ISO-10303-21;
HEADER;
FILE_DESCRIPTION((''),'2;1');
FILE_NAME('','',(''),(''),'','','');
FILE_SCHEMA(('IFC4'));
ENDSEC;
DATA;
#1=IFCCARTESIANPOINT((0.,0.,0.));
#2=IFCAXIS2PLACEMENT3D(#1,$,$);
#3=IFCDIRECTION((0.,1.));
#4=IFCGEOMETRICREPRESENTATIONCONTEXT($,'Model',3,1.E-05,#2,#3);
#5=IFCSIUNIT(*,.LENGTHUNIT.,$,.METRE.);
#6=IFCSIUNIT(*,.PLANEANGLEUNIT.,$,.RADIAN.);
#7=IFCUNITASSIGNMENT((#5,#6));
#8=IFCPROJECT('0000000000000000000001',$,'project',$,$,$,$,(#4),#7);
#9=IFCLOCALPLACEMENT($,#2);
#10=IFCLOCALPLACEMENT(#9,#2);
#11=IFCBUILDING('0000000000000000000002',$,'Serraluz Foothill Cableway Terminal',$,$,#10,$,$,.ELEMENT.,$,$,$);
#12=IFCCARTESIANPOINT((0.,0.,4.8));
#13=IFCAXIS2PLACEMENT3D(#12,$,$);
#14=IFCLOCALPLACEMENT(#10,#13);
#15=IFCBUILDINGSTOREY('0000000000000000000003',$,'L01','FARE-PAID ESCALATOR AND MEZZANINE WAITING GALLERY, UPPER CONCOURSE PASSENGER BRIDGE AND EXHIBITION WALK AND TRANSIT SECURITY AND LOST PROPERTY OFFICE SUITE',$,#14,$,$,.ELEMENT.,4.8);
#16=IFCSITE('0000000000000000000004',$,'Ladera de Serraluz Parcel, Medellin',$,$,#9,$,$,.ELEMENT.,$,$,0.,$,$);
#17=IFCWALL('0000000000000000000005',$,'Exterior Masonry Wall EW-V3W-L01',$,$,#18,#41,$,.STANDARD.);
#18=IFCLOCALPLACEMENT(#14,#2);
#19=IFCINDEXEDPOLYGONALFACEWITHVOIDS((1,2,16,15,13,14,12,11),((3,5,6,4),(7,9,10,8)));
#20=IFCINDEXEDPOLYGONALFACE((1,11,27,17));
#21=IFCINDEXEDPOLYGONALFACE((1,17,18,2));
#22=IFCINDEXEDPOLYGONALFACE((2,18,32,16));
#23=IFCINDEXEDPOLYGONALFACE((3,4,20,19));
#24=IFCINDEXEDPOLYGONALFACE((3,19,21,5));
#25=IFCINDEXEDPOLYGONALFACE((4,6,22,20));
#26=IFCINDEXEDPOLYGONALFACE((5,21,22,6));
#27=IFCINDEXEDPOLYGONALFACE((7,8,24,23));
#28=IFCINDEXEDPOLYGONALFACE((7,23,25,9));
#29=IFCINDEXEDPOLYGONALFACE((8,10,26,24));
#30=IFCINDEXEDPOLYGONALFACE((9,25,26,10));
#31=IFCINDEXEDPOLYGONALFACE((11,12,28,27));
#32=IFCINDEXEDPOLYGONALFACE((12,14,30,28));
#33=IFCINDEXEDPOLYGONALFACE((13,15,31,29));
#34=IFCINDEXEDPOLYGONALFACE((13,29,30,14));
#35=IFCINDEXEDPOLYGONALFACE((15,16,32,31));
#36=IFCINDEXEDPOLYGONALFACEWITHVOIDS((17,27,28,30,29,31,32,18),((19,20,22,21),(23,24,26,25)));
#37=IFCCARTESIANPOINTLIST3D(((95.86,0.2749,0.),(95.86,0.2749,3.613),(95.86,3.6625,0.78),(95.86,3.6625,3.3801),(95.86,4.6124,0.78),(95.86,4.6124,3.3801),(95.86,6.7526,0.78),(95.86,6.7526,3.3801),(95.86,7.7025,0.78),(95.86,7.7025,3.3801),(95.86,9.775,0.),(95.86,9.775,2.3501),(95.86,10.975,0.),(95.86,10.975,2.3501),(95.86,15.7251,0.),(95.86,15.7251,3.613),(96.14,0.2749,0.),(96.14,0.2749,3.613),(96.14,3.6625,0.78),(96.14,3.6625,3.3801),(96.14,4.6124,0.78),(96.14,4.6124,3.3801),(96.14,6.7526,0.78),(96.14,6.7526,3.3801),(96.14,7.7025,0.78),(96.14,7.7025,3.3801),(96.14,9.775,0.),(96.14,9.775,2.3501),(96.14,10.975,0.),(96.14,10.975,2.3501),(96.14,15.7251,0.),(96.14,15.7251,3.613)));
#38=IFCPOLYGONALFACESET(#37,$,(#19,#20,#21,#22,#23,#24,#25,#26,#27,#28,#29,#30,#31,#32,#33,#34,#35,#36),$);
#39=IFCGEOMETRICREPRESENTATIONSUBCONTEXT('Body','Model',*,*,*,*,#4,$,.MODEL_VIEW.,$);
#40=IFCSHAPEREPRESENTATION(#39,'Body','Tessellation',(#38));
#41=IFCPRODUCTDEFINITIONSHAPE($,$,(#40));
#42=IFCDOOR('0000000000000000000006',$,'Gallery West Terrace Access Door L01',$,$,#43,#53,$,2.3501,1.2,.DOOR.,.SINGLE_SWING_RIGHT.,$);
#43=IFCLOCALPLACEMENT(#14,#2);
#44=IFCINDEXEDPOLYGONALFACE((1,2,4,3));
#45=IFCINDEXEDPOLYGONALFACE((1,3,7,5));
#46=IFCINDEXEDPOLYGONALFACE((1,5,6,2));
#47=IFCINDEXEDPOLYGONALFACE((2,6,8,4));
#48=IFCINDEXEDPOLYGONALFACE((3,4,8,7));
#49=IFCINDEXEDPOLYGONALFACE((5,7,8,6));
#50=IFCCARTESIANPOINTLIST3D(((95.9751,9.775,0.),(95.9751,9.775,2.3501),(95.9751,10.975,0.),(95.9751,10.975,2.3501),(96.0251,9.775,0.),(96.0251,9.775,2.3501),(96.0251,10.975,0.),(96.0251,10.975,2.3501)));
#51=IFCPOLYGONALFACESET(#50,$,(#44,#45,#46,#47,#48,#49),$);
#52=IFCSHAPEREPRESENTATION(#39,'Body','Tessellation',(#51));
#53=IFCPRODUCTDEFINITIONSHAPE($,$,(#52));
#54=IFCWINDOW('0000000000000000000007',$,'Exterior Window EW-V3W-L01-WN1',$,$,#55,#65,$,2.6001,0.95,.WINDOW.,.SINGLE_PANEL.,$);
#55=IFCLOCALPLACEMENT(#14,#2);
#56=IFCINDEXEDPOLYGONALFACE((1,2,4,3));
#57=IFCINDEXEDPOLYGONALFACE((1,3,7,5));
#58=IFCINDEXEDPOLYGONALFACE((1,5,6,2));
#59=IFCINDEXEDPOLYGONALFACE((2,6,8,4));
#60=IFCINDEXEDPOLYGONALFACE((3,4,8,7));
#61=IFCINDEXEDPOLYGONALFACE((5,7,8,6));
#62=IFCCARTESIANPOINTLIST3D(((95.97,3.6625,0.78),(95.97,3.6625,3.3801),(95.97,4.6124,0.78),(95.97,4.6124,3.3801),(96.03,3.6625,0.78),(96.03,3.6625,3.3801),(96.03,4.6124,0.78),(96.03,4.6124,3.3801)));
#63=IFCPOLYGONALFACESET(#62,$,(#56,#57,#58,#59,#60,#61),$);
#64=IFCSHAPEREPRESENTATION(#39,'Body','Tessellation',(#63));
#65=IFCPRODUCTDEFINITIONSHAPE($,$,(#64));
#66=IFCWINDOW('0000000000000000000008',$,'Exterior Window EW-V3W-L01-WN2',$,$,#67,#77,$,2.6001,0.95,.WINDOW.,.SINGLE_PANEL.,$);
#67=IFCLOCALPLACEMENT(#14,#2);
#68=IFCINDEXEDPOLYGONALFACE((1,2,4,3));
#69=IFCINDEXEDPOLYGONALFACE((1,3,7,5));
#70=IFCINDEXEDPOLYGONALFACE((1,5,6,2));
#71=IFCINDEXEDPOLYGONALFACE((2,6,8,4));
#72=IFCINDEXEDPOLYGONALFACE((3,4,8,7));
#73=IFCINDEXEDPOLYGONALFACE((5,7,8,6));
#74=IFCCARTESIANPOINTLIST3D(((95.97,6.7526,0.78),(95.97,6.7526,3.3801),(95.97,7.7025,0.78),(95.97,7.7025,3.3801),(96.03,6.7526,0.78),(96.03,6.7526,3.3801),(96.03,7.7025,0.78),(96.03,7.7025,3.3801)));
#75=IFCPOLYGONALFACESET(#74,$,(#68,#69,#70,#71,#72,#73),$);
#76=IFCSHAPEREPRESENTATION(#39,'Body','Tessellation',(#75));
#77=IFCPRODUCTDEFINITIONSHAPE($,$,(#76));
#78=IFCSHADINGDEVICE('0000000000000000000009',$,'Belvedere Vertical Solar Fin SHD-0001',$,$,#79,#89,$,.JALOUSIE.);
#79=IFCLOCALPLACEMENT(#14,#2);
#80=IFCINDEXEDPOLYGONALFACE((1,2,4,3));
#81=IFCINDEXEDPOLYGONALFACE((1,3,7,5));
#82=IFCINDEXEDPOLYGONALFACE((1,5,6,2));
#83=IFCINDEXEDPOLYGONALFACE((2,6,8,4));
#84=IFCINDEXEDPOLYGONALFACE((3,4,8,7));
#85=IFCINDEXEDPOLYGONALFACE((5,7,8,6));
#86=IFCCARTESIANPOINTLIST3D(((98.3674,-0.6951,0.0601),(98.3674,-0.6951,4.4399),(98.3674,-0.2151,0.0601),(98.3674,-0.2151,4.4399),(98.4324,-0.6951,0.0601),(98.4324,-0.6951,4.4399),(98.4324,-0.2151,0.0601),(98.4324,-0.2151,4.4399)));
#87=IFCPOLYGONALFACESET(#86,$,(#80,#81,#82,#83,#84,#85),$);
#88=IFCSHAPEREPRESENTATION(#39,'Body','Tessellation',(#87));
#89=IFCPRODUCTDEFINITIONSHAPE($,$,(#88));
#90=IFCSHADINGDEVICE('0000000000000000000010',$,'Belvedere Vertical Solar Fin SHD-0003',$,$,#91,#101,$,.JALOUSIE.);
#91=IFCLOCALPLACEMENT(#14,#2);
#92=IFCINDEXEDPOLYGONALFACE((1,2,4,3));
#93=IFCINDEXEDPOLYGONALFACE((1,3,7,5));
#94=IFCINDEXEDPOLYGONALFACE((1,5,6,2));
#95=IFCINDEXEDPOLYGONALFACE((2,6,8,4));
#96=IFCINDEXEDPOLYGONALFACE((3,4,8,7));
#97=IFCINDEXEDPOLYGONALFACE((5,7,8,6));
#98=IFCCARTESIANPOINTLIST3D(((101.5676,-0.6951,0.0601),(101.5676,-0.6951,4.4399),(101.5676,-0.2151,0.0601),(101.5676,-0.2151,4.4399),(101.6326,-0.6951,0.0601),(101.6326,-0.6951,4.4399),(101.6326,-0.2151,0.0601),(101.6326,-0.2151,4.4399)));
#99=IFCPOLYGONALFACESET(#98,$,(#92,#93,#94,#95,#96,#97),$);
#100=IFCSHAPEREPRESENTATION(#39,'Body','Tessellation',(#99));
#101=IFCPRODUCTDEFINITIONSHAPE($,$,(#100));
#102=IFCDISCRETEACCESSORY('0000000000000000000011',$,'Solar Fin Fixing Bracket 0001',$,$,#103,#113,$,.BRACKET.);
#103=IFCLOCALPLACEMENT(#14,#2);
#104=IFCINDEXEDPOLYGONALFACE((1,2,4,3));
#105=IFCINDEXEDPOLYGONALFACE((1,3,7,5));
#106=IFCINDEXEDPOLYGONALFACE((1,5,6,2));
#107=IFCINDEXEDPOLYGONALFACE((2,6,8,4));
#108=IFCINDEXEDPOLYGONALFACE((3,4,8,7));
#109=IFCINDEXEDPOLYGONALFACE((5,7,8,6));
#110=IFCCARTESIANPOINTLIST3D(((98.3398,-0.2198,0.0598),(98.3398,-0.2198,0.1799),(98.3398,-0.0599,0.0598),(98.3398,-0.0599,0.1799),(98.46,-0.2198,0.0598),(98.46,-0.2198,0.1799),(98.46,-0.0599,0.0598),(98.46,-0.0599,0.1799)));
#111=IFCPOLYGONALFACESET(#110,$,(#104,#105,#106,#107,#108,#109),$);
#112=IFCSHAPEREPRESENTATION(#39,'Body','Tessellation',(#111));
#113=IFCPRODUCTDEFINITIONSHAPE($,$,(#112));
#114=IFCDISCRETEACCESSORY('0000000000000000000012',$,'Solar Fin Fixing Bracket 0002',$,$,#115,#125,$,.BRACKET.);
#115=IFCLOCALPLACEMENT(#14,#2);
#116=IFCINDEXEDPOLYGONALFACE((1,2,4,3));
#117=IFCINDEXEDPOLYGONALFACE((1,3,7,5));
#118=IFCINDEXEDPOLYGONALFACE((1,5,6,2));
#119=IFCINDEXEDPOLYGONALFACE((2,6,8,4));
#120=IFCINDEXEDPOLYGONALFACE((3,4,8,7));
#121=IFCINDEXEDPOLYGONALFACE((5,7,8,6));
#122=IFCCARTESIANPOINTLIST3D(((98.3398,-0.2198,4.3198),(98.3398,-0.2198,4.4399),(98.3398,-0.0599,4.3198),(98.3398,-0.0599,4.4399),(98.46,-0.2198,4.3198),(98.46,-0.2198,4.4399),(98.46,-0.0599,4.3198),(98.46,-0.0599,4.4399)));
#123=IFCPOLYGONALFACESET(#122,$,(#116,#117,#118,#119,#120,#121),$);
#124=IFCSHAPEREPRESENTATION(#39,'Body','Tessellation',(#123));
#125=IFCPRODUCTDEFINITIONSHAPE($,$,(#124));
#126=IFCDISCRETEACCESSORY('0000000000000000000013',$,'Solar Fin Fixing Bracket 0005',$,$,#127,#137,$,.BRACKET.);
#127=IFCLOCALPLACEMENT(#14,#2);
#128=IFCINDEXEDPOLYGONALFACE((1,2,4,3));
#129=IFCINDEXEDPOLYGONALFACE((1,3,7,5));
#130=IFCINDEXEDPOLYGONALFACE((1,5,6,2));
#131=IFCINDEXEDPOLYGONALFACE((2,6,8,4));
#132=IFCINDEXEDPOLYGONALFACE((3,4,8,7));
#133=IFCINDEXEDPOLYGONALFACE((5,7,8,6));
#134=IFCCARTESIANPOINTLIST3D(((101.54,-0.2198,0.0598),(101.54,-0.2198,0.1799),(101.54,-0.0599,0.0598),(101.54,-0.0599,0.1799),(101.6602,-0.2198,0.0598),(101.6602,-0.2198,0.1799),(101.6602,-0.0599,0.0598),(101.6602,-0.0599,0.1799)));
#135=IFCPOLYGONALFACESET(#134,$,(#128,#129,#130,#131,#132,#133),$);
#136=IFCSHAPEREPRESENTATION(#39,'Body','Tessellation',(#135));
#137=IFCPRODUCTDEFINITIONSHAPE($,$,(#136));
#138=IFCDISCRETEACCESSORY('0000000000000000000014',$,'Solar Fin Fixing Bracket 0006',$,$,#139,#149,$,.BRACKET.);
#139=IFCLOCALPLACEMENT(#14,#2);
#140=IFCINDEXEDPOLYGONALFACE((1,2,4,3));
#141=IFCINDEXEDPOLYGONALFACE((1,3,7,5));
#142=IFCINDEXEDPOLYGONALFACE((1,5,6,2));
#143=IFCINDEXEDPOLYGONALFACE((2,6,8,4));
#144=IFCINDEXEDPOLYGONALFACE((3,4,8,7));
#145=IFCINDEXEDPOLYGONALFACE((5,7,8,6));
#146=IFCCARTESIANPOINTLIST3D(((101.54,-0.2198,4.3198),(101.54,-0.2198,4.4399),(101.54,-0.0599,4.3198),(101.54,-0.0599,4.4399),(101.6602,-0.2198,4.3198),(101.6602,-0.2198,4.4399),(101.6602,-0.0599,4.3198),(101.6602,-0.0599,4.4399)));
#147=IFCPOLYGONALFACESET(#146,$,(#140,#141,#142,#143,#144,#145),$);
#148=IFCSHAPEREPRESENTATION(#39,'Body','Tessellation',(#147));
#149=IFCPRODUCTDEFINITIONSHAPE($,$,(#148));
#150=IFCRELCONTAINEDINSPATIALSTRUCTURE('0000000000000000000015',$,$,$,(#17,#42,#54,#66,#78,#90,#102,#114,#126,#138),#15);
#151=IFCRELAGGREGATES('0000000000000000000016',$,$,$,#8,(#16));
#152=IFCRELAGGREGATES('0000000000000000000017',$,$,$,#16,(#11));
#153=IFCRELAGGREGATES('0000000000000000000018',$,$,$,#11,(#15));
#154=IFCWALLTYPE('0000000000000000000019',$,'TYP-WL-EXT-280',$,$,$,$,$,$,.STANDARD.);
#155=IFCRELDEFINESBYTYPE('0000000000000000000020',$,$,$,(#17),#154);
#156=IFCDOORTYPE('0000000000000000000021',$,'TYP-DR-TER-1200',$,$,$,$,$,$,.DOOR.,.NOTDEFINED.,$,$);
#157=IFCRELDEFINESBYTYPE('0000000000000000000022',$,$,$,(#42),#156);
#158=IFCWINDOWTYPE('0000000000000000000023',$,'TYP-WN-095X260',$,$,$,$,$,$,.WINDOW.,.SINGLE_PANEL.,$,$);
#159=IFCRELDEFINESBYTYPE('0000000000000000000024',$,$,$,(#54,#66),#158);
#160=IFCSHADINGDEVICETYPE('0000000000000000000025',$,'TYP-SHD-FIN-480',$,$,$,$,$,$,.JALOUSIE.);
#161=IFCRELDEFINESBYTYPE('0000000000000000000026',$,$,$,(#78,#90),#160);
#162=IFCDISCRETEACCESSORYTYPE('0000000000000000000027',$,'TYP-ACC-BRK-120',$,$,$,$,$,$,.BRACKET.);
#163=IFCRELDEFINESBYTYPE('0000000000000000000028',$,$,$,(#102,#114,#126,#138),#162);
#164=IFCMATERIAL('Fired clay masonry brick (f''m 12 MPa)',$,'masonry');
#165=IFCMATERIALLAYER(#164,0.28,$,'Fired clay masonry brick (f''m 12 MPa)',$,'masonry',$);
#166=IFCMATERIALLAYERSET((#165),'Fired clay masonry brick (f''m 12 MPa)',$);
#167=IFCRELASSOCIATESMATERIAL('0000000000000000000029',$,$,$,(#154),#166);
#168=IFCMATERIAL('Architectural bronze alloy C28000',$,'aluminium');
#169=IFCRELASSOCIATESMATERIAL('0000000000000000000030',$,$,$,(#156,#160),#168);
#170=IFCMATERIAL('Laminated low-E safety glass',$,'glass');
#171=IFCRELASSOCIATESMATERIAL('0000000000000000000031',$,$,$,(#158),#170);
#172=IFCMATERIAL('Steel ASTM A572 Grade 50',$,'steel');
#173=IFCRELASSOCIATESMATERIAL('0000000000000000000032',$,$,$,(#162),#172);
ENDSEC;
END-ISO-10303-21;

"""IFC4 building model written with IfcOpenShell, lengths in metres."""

from ifc_helpers import new_model, si_unit, direction, frame, frame_2d, origin, origin_2d, place, context, subcontext, project, spatial, rectangle, extrude, material, layer, layer_set, type_object, element, fill, save


model = new_model("IFC4")

# Units and contexts
model_context = context("Model", 3, precision=1e-05, world=origin(), true_north=direction((0.0, 1.0)))
body_context = subcontext(model_context, "Body", "Model", "MODEL_VIEW")
ifc_project = project(units=[si_unit("LENGTHUNIT", "METRE"), si_unit("PLANEANGLEUNIT", "RADIAN")], contexts=[model_context])

# Site, building, storey
site_placement = place(None, origin())
site = spatial("IfcSite", under=ifc_project, at=site_placement, Name="Ladera de Serraluz Parcel, Medellin", CompositionType="ELEMENT", RefElevation=0.0)
building_placement = place(site_placement, origin())
building = spatial("IfcBuilding", under=site, at=building_placement, Name="Serraluz Foothill Cableway Terminal", CompositionType="ELEMENT")
storey_placement = place(building_placement, frame((0.0, 0.0, 4.8)))
storey = spatial("IfcBuildingStorey", under=building, at=storey_placement, Name="L01", Description="FARE-PAID ESCALATOR AND MEZZANINE WAITING GALLERY, UPPER CONCOURSE PASSENGER BRIDGE AND EXHIBITION WALK AND TRANSIT SECURITY AND LOST PROPERTY OFFICE SUITE", CompositionType="ELEMENT", Elevation=4.8)

# Shared definitions
ifc_material_1 = material(Name="Architectural bronze alloy C28000", Category="aluminium")

# Shared definitions
ifc_material_2 = material(Name="Laminated low-E safety glass", Category="glass")

# Wall, openings, door, windows
ifc_material_3 = material(Name="Fired clay masonry brick (f'm 12 MPa)", Category="masonry")
ifc_layer_1 = layer(ifc_material_3, 0.28, Name="Fired clay masonry brick (f'm 12 MPa)", Category="masonry")
ifc_layer_set_1 = layer_set([ifc_layer_1], Name="Fired clay masonry brick (f'm 12 MPa)")
wall_type = type_object("IfcWallType", Name="TYP-WL-EXT-280", PredefinedType="STANDARD", material=ifc_layer_set_1)
wall_placement = place(storey_placement, frame((96.0, 0.2749, 0.0), z_axis=(0.0, 0.0, 1.0), x_axis=(0.0, 1.0, 0.0)))
wall = element("IfcWall", 1, at=wall_placement, inside=storey, type_object=wall_type, Name="Exterior Masonry Wall EW-V3W-L01", PredefinedType="STANDARD", context=body_context, shape_type="SweptSolid", body=[
    extrude(rectangle(XDim=15.4502, YDim=0.28, at=frame_2d((7.7251, 0.0))), origin(), (0.0, 0.0, 1.0), 3.613),
])
opening_1_placement = place(wall_placement, frame((3.3875, 0.0, 0.78)))
opening_1 = element("IfcOpeningElement", 2, at=opening_1_placement, cuts=wall, PredefinedType="OPENING", context=body_context, shape_type="SweptSolid", body=[
    extrude(rectangle(XDim=0.95, YDim=2.6001, at=frame_2d((0.4751, 1.3))), frame((0.0, 0.1499, 0.0), z_axis=(0.0, -1.0, 0.0), x_axis=(1.0, 0.0, 0.0)), (0.0, 0.0, 1.0), 0.3),
])
opening_2_placement = place(wall_placement, frame((6.4775, 0.0, 0.78)))
opening_2 = element("IfcOpeningElement", 3, at=opening_2_placement, cuts=wall, PredefinedType="OPENING", context=body_context, shape_type="SweptSolid", body=[
    extrude(rectangle(XDim=0.95, YDim=2.6001, at=frame_2d((0.4751, 1.3))), frame((0.0, 0.1499, 0.0), z_axis=(0.0, -1.0, 0.0), x_axis=(1.0, 0.0, 0.0)), (0.0, 0.0, 1.0), 0.3),
])
opening_3_placement = place(wall_placement, frame((9.5, 0.0, 0.0)))
opening_3 = element("IfcOpeningElement", 4, at=opening_3_placement, cuts=wall, PredefinedType="OPENING", context=body_context, shape_type="SweptSolid", body=[
    extrude(rectangle(XDim=1.2, YDim=2.3501, at=frame_2d((0.6001, 1.175))), frame((0.0, 0.1499, 0.0), z_axis=(0.0, -1.0, 0.0), x_axis=(1.0, 0.0, 0.0)), (0.0, 0.0, 1.0), 0.3),
])
door_type = type_object("IfcDoorType", Name="TYP-DR-TER-1200", OperationType="NOTDEFINED", PredefinedType="DOOR", material=ifc_material_1)
door_placement = place(opening_3_placement, origin())
door = element("IfcDoor", 5, at=door_placement, inside=storey, type_object=door_type, Name="Gallery West Terrace Access Door L01", OperationType="SINGLE_SWING_RIGHT", OverallHeight=2.3501, OverallWidth=1.2, PredefinedType="DOOR", context=body_context, shape_type="SweptSolid", body=[
    extrude(rectangle(XDim=1.2, YDim=2.3501, at=frame_2d((0.6001, 1.175))), frame((0.0, 0.0249, 0.0), z_axis=(0.0, -1.0, 0.0), x_axis=(1.0, 0.0, 0.0)), (0.0, 0.0, 1.0), 0.05),
])
fill(opening_3, door)
window_type = type_object("IfcWindowType", Name="TYP-WN-095X260", PartitioningType="SINGLE_PANEL", PredefinedType="WINDOW", material=ifc_material_2)
window_1_placement = place(opening_1_placement, origin())
window_1 = element("IfcWindow", 6, at=window_1_placement, inside=storey, type_object=window_type, Name="Exterior Window EW-V3W-L01-WN1", OverallHeight=2.6001, OverallWidth=0.95, PartitioningType="SINGLE_PANEL", PredefinedType="WINDOW", context=body_context, shape_type="SweptSolid", body=[
    extrude(rectangle(XDim=0.95, YDim=2.6001, at=frame_2d((0.4751, 1.3))), frame((0.0, 0.03, 0.0), z_axis=(0.0, -1.0, 0.0), x_axis=(1.0, 0.0, 0.0)), (0.0, 0.0, 1.0), 0.0601),
])
fill(opening_1, window_1)
window_2_placement = place(opening_2_placement, origin())
window_2 = element("IfcWindow", 7, at=window_2_placement, inside=storey, type_object=window_type, Name="Exterior Window EW-V3W-L01-WN2", OverallHeight=2.6001, OverallWidth=0.95, PartitioningType="SINGLE_PANEL", PredefinedType="WINDOW", context=body_context, shape_type="SweptSolid", body=[
    extrude(rectangle(XDim=0.95, YDim=2.6001, at=frame_2d((0.4751, 1.3))), frame((0.0, 0.03, 0.0), z_axis=(0.0, -1.0, 0.0), x_axis=(1.0, 0.0, 0.0)), (0.0, 0.0, 1.0), 0.0601),
])
fill(opening_2, window_2)

# Shading devices
shading_device_type = type_object("IfcShadingDeviceType", Name="TYP-SHD-FIN-480", PredefinedType="JALOUSIE", material=ifc_material_1)
for number, where, z_axis, x_axis, name in (
    (8, (98.3999, -0.4551, 0.0601), (0.0, 0.0, 1.0), (1.0, 0.0, 0.0), "Belvedere Vertical Solar Fin SHD-0001"),
    (9, (101.6001, -0.4551, 0.0601), (0.0, 0.0, 1.0), (1.0, 0.0, 0.0), "Belvedere Vertical Solar Fin SHD-0003"),
):
    element("IfcShadingDevice", number, at=place(storey_placement, frame(where, z_axis=z_axis, x_axis=x_axis)), inside=storey, type_object=shading_device_type, Name=name, PredefinedType="JALOUSIE", context=body_context, shape_type="SweptSolid", body=[
        extrude(rectangle(XDim=0.0649, YDim=0.48, at=origin_2d()), origin(), (0.0, 0.0, 1.0), 4.3799),
    ])

# Discrete accessories
ifc_material_4 = material(Name="Steel ASTM A572 Grade 50", Category="steel")
discrete_accessory_type = type_object("IfcDiscreteAccessoryType", Name="TYP-ACC-BRK-120", PredefinedType="BRACKET", material=ifc_material_4)
for number, where, z_axis, x_axis, name in (
    (10, (98.3999, -0.1399, 0.0598), (0.0, 0.0, 1.0), (1.0, 0.0, 0.0), "Solar Fin Fixing Bracket 0001"),
    (11, (98.3999, -0.1399, 4.3198), (0.0, 0.0, 1.0), (1.0, 0.0, 0.0), "Solar Fin Fixing Bracket 0002"),
    (12, (101.6001, -0.1399, 0.0598), (0.0, 0.0, 1.0), (1.0, 0.0, 0.0), "Solar Fin Fixing Bracket 0005"),
    (13, (101.6001, -0.1399, 4.3198), (0.0, 0.0, 1.0), (1.0, 0.0, 0.0), "Solar Fin Fixing Bracket 0006"),
):
    element("IfcDiscreteAccessory", number, at=place(storey_placement, frame(where, z_axis=z_axis, x_axis=x_axis)), inside=storey, type_object=discrete_accessory_type, Name=name, PredefinedType="BRACKET", context=body_context, shape_type="SweptSolid", body=[
        extrude(rectangle(XDim=0.1201, YDim=0.1599, at=origin_2d()), origin(), (0.0, 0.0, 1.0), 0.1201),
    ])

save(model, "model.ifc")
